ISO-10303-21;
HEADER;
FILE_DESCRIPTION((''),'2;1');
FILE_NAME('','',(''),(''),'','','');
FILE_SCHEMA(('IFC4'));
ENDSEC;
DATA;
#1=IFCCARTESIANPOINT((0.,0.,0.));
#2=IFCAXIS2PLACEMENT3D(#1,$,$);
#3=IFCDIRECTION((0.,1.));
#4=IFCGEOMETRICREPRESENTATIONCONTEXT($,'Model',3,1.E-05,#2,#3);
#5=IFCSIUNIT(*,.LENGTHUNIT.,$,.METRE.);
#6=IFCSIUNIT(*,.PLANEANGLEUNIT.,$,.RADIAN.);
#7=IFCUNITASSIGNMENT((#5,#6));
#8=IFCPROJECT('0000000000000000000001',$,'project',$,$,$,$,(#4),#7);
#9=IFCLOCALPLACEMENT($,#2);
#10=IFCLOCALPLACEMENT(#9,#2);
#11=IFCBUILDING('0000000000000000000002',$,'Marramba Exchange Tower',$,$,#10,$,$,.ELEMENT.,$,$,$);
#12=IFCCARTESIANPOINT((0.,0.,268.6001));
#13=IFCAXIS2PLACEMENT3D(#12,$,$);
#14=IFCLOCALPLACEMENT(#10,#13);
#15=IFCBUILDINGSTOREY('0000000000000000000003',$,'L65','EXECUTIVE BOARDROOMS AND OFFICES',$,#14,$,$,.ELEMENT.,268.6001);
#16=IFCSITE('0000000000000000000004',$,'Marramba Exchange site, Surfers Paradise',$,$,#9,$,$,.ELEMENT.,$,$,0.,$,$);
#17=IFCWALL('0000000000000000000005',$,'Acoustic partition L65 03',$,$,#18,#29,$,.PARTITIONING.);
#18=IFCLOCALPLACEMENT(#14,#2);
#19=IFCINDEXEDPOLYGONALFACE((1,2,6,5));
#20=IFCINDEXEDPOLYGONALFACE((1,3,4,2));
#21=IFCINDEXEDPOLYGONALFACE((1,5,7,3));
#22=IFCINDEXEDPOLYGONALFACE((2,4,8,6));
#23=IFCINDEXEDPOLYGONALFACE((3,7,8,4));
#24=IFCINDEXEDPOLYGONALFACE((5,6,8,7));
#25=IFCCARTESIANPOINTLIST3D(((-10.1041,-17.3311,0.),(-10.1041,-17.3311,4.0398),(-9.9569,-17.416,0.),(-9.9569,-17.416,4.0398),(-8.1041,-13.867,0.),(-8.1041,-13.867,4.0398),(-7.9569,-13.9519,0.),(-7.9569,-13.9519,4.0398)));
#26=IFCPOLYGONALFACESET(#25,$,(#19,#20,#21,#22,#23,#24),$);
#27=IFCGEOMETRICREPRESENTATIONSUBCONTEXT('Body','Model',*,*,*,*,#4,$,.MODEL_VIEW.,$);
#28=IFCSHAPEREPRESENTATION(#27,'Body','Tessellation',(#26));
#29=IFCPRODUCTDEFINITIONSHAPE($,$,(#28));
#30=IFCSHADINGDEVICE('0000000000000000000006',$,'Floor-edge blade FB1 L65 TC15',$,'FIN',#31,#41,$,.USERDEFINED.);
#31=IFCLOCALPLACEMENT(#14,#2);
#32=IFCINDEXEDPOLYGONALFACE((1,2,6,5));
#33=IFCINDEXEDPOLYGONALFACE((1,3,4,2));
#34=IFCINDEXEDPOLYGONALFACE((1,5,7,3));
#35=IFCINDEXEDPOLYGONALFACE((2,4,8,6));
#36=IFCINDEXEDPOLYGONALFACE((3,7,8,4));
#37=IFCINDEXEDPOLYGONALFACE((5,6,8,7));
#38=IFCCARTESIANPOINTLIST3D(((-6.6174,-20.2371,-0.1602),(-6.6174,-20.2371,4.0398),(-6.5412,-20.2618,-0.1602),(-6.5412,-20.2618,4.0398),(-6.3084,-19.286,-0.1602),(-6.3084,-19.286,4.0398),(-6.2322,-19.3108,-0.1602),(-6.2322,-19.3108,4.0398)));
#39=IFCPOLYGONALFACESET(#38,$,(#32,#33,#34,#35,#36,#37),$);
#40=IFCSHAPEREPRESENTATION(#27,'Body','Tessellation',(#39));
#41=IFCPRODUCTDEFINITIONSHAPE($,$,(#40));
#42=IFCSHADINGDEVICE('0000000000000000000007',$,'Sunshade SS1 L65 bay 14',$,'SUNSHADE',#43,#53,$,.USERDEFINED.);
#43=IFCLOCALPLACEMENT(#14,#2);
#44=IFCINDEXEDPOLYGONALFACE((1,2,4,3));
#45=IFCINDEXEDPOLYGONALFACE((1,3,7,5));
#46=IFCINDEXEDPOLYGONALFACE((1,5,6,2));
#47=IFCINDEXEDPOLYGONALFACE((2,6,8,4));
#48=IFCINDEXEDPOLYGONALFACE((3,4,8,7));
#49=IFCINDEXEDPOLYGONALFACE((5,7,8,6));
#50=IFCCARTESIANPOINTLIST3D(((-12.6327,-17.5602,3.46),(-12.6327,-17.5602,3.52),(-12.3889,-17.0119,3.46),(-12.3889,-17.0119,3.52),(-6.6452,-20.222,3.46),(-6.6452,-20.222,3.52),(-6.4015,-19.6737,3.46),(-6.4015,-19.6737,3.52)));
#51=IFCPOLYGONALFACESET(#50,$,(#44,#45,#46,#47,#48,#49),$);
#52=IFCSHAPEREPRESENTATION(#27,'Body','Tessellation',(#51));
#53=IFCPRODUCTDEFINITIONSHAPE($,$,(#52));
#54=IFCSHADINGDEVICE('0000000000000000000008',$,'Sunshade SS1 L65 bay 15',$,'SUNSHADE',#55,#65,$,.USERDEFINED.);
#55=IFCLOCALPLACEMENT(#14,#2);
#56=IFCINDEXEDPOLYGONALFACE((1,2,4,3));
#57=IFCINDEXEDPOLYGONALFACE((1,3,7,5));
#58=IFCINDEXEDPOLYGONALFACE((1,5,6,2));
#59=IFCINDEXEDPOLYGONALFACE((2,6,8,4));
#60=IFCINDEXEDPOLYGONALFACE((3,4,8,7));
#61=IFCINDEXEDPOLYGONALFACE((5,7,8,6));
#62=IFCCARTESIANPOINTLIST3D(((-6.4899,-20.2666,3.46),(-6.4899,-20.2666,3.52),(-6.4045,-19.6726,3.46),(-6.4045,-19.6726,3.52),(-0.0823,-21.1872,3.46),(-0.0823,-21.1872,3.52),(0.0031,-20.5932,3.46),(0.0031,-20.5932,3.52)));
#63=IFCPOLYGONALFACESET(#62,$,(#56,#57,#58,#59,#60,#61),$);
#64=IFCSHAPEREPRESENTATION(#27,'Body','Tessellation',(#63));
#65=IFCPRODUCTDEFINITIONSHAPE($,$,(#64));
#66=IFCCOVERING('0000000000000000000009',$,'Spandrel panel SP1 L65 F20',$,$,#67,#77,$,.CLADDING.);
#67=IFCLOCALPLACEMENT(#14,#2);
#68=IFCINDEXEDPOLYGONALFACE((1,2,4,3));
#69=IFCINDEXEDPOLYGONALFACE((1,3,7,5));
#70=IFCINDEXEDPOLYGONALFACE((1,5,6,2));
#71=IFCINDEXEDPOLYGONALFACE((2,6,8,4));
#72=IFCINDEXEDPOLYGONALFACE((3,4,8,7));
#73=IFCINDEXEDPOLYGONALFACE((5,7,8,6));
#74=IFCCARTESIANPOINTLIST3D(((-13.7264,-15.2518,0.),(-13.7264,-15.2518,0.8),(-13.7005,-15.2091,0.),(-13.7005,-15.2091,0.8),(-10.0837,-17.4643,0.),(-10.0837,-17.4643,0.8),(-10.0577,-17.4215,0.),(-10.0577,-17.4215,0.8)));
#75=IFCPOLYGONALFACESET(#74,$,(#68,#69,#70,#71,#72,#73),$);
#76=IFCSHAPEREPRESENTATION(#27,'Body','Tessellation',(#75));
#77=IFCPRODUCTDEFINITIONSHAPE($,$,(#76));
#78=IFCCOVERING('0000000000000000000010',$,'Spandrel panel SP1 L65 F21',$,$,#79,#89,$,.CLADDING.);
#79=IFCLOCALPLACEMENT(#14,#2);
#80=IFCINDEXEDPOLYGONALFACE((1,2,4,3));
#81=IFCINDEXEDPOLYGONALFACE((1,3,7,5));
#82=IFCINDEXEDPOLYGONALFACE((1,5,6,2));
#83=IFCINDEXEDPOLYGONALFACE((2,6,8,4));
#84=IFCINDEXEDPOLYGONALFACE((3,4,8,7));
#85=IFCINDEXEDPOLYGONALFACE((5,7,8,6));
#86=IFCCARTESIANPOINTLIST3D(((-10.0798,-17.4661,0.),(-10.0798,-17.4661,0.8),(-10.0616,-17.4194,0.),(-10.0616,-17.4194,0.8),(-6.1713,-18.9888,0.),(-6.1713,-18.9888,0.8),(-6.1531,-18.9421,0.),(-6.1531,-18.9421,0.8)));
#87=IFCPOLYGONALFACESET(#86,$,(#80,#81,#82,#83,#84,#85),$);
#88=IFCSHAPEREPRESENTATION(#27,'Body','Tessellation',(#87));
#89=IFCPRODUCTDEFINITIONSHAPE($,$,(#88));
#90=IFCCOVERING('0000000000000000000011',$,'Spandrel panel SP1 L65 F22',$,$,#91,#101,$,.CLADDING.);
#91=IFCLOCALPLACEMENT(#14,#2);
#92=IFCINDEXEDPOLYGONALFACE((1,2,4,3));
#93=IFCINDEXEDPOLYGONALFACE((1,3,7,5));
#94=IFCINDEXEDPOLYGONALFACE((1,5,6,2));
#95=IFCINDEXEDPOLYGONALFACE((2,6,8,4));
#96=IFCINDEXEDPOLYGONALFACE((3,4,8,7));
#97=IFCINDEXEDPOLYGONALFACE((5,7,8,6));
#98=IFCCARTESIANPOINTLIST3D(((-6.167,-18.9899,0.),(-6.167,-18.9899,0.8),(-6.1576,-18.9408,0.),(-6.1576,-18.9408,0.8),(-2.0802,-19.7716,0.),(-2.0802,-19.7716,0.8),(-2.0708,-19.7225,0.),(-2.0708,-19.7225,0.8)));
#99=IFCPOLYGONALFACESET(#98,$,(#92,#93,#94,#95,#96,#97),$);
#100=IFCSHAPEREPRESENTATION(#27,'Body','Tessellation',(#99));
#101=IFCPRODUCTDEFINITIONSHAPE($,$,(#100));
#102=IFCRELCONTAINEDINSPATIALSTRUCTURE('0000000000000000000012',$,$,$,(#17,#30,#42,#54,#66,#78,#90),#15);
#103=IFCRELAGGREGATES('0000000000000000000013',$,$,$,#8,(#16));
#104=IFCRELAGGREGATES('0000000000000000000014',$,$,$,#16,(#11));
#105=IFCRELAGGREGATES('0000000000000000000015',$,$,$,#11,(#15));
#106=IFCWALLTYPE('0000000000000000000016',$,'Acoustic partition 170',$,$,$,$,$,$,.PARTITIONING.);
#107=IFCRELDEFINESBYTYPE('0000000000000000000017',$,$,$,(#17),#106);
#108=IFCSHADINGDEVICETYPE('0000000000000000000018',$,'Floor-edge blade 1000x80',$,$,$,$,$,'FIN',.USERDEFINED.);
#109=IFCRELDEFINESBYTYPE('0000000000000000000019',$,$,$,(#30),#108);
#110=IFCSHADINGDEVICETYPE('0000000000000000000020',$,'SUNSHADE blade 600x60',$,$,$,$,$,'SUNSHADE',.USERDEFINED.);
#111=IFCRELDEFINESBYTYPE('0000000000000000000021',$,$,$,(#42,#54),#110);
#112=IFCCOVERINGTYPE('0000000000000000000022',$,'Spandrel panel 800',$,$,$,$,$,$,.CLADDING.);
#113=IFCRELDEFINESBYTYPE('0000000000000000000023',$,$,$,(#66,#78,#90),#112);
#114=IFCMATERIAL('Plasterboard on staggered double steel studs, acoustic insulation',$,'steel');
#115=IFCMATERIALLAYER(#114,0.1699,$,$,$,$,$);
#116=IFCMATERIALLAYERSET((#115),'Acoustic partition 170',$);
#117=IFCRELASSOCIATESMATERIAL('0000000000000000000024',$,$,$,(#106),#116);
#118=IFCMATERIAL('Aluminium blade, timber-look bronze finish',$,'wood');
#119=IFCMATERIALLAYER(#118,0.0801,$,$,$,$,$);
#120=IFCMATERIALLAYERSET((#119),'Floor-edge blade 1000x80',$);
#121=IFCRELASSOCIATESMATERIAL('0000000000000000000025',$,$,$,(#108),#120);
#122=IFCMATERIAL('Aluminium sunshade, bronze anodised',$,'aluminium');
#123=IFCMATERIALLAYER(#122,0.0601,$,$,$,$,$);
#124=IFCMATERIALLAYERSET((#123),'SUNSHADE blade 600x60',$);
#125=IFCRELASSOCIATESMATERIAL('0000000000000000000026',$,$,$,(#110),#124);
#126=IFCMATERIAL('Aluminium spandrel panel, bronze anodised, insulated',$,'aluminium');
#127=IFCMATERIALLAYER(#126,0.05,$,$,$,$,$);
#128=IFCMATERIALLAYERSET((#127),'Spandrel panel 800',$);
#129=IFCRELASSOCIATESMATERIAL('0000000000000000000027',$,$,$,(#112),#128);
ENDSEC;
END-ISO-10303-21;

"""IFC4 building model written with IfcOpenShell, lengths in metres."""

from ifc_helpers import new_model, si_unit, direction, frame, frame_2d, origin, origin_2d, place, context, subcontext, project, spatial, rectangle, extrude, material, layer, layer_set, type_object, element, save


model = new_model("IFC4")

# Units and contexts
model_context = context("Model", 3, precision=1e-05, world=origin(), true_north=direction((0.0, 1.0)))
body_context = subcontext(model_context, "Body", "Model", "MODEL_VIEW")
ifc_project = project(units=[si_unit("LENGTHUNIT", "METRE"), si_unit("PLANEANGLEUNIT", "RADIAN")], contexts=[model_context])

# Site, building, storey
site_placement = place(None, origin())
site = spatial("IfcSite", under=ifc_project, at=site_placement, Name="Marramba Exchange site, Surfers Paradise", CompositionType="ELEMENT", RefElevation=0.0)
building_placement = place(site_placement, origin())
building = spatial("IfcBuilding", under=site, at=building_placement, Name="Marramba Exchange Tower", CompositionType="ELEMENT")
storey_placement = place(building_placement, frame((0.0, 0.0, 268.6001)))
storey = spatial("IfcBuildingStorey", under=building, at=storey_placement, Name="L65", Description="EXECUTIVE BOARDROOMS AND OFFICES", CompositionType="ELEMENT", Elevation=268.6001)

# Wall
ifc_material_1 = material(Name="Plasterboard on staggered double steel studs, acoustic insulation", Category="steel")
ifc_layer_1 = layer(ifc_material_1, 0.1699)
ifc_layer_set_1 = layer_set([ifc_layer_1], Name="Acoustic partition 170")
wall_type = type_object("IfcWallType", Name="Acoustic partition 170", PredefinedType="PARTITIONING", material=ifc_layer_set_1)
wall_placement = place(storey_placement, frame((-10.0305, -17.3735, 0.0), z_axis=(0.0, 0.0, 1.0), x_axis=(0.499999, 0.866026, 0.0)))
element("IfcWall", 1, at=wall_placement, inside=storey, type_object=wall_type, Name="Acoustic partition L65 03", PredefinedType="PARTITIONING", context=body_context, shape_type="SweptSolid", body=[
    extrude(rectangle(XDim=4.0, YDim=0.1699, at=frame_2d((2.0, 0.0))), origin(), (0.0, 0.0, 1.0), 4.0398),
])

# Shading devices
ifc_material_2 = material(Name="Aluminium blade, timber-look bronze finish", Category="wood")
ifc_layer_2 = layer(ifc_material_2, 0.0801)
ifc_layer_set_2 = layer_set([ifc_layer_2], Name="Floor-edge blade 1000x80")
shading_device_type_1 = type_object("IfcShadingDeviceType", Name="Floor-edge blade 1000x80", ElementType="FIN", PredefinedType="USERDEFINED", material=ifc_layer_set_2)
shading_device_1_placement = place(storey_placement, frame((-6.4248, -19.7739, -0.1602), z_axis=(0.0, 0.0, 1.0), x_axis=(-0.309017, -0.951057, 0.0)))
element("IfcShadingDevice", 2, at=shading_device_1_placement, inside=storey, type_object=shading_device_type_1, Name="Floor-edge blade FB1 L65 TC15", ObjectType="FIN", PredefinedType="USERDEFINED", context=body_context, shape_type="SweptSolid", body=[
    extrude(rectangle(XDim=1.0, YDim=0.0801, at=origin_2d()), origin(), (0.0, 0.0, 1.0), 4.2),
])
ifc_material_3 = material(Name="Aluminium sunshade, bronze anodised", Category="aluminium")
ifc_layer_3 = layer(ifc_material_3, 0.0601)
ifc_layer_set_3 = layer_set([ifc_layer_3], Name="SUNSHADE blade 600x60")
shading_device_type_2 = type_object("IfcShadingDeviceType", Name="SUNSHADE blade 600x60", ElementType="SUNSHADE", PredefinedType="USERDEFINED", material=ifc_layer_set_3)
shading_device_2_placement = place(storey_placement, frame((-9.5171, -18.6169, 3.46), z_axis=(0.0, 0.0, 1.0), x_axis=(0.913771, -0.406229, 0.0)))
element("IfcShadingDevice", 3, at=shading_device_2_placement, inside=storey, type_object=shading_device_type_2, Name="Sunshade SS1 L65 bay 14", ObjectType="SUNSHADE", PredefinedType="USERDEFINED", context=body_context, shape_type="SweptSolid", body=[
    extrude(rectangle(XDim=6.5525, YDim=0.6001, at=origin_2d()), origin(), (0.0, 0.0, 1.0), 0.0601),
])
shading_device_3_placement = place(storey_placement, frame((-3.2434, -20.4299, 3.46), z_axis=(0.0, 0.0, 1.0), x_axis=(0.989837, -0.14221, 0.0)))
element("IfcShadingDevice", 4, at=shading_device_3_placement, inside=storey, type_object=shading_device_type_2, Name="Sunshade SS1 L65 bay 15", ObjectType="SUNSHADE", PredefinedType="USERDEFINED", context=body_context, shape_type="SweptSolid", body=[
    extrude(rectangle(XDim=6.4734, YDim=0.6001, at=origin_2d()), origin(), (0.0, 0.0, 1.0), 0.0601),
])

# Coverings
ifc_material_4 = material(Name="Aluminium spandrel panel, bronze anodised, insulated", Category="aluminium")
ifc_layer_4 = layer(ifc_material_4, 0.05)
ifc_layer_set_4 = layer_set([ifc_layer_4], Name="Spandrel panel 800")
covering_type = type_object("IfcCoveringType", Name="Spandrel panel 800", PredefinedType="CLADDING", material=ifc_layer_set_4)
covering_1_placement = place(storey_placement, frame((-11.8921, -16.3367, 0.0), z_axis=(0.0, 0.0, 1.0), x_axis=(0.854704, -0.519115, 0.0)))
element("IfcCovering", 5, at=covering_1_placement, inside=storey, type_object=covering_type, Name="Spandrel panel SP1 L65 F20", PredefinedType="CLADDING", context=body_context, shape_type="SweptSolid", body=[
    extrude(rectangle(XDim=4.262, YDim=0.05, at=origin_2d()), origin(), (0.0, 0.0, 1.0), 0.8),
])
covering_2_placement = place(storey_placement, frame((-8.1165, -18.2041, 0.0), z_axis=(0.0, 0.0, 1.0), x_axis=(0.931785, -0.36301, 0.0)))
element("IfcCovering", 6, at=covering_2_placement, inside=storey, type_object=covering_type, Name="Spandrel panel SP1 L65 F21", PredefinedType="CLADDING", context=body_context, shape_type="SweptSolid", body=[
    extrude(rectangle(XDim=4.1946, YDim=0.05, at=origin_2d()), origin(), (0.0, 0.0, 1.0), 0.8),
])
covering_3_placement = place(storey_placement, frame((-4.1189, -19.3562, 0.0), z_axis=(0.0, 0.0, 1.0), x_axis=(0.982193, -0.187873, 0.0)))
element("IfcCovering", 7, at=covering_3_placement, inside=storey, type_object=covering_type, Name="Spandrel panel SP1 L65 F22", PredefinedType="CLADDING", context=body_context, shape_type="SweptSolid", body=[
    extrude(rectangle(XDim=4.1609, YDim=0.05, at=origin_2d()), origin(), (0.0, 0.0, 1.0), 0.8),
])

save(model, "model.ifc")
